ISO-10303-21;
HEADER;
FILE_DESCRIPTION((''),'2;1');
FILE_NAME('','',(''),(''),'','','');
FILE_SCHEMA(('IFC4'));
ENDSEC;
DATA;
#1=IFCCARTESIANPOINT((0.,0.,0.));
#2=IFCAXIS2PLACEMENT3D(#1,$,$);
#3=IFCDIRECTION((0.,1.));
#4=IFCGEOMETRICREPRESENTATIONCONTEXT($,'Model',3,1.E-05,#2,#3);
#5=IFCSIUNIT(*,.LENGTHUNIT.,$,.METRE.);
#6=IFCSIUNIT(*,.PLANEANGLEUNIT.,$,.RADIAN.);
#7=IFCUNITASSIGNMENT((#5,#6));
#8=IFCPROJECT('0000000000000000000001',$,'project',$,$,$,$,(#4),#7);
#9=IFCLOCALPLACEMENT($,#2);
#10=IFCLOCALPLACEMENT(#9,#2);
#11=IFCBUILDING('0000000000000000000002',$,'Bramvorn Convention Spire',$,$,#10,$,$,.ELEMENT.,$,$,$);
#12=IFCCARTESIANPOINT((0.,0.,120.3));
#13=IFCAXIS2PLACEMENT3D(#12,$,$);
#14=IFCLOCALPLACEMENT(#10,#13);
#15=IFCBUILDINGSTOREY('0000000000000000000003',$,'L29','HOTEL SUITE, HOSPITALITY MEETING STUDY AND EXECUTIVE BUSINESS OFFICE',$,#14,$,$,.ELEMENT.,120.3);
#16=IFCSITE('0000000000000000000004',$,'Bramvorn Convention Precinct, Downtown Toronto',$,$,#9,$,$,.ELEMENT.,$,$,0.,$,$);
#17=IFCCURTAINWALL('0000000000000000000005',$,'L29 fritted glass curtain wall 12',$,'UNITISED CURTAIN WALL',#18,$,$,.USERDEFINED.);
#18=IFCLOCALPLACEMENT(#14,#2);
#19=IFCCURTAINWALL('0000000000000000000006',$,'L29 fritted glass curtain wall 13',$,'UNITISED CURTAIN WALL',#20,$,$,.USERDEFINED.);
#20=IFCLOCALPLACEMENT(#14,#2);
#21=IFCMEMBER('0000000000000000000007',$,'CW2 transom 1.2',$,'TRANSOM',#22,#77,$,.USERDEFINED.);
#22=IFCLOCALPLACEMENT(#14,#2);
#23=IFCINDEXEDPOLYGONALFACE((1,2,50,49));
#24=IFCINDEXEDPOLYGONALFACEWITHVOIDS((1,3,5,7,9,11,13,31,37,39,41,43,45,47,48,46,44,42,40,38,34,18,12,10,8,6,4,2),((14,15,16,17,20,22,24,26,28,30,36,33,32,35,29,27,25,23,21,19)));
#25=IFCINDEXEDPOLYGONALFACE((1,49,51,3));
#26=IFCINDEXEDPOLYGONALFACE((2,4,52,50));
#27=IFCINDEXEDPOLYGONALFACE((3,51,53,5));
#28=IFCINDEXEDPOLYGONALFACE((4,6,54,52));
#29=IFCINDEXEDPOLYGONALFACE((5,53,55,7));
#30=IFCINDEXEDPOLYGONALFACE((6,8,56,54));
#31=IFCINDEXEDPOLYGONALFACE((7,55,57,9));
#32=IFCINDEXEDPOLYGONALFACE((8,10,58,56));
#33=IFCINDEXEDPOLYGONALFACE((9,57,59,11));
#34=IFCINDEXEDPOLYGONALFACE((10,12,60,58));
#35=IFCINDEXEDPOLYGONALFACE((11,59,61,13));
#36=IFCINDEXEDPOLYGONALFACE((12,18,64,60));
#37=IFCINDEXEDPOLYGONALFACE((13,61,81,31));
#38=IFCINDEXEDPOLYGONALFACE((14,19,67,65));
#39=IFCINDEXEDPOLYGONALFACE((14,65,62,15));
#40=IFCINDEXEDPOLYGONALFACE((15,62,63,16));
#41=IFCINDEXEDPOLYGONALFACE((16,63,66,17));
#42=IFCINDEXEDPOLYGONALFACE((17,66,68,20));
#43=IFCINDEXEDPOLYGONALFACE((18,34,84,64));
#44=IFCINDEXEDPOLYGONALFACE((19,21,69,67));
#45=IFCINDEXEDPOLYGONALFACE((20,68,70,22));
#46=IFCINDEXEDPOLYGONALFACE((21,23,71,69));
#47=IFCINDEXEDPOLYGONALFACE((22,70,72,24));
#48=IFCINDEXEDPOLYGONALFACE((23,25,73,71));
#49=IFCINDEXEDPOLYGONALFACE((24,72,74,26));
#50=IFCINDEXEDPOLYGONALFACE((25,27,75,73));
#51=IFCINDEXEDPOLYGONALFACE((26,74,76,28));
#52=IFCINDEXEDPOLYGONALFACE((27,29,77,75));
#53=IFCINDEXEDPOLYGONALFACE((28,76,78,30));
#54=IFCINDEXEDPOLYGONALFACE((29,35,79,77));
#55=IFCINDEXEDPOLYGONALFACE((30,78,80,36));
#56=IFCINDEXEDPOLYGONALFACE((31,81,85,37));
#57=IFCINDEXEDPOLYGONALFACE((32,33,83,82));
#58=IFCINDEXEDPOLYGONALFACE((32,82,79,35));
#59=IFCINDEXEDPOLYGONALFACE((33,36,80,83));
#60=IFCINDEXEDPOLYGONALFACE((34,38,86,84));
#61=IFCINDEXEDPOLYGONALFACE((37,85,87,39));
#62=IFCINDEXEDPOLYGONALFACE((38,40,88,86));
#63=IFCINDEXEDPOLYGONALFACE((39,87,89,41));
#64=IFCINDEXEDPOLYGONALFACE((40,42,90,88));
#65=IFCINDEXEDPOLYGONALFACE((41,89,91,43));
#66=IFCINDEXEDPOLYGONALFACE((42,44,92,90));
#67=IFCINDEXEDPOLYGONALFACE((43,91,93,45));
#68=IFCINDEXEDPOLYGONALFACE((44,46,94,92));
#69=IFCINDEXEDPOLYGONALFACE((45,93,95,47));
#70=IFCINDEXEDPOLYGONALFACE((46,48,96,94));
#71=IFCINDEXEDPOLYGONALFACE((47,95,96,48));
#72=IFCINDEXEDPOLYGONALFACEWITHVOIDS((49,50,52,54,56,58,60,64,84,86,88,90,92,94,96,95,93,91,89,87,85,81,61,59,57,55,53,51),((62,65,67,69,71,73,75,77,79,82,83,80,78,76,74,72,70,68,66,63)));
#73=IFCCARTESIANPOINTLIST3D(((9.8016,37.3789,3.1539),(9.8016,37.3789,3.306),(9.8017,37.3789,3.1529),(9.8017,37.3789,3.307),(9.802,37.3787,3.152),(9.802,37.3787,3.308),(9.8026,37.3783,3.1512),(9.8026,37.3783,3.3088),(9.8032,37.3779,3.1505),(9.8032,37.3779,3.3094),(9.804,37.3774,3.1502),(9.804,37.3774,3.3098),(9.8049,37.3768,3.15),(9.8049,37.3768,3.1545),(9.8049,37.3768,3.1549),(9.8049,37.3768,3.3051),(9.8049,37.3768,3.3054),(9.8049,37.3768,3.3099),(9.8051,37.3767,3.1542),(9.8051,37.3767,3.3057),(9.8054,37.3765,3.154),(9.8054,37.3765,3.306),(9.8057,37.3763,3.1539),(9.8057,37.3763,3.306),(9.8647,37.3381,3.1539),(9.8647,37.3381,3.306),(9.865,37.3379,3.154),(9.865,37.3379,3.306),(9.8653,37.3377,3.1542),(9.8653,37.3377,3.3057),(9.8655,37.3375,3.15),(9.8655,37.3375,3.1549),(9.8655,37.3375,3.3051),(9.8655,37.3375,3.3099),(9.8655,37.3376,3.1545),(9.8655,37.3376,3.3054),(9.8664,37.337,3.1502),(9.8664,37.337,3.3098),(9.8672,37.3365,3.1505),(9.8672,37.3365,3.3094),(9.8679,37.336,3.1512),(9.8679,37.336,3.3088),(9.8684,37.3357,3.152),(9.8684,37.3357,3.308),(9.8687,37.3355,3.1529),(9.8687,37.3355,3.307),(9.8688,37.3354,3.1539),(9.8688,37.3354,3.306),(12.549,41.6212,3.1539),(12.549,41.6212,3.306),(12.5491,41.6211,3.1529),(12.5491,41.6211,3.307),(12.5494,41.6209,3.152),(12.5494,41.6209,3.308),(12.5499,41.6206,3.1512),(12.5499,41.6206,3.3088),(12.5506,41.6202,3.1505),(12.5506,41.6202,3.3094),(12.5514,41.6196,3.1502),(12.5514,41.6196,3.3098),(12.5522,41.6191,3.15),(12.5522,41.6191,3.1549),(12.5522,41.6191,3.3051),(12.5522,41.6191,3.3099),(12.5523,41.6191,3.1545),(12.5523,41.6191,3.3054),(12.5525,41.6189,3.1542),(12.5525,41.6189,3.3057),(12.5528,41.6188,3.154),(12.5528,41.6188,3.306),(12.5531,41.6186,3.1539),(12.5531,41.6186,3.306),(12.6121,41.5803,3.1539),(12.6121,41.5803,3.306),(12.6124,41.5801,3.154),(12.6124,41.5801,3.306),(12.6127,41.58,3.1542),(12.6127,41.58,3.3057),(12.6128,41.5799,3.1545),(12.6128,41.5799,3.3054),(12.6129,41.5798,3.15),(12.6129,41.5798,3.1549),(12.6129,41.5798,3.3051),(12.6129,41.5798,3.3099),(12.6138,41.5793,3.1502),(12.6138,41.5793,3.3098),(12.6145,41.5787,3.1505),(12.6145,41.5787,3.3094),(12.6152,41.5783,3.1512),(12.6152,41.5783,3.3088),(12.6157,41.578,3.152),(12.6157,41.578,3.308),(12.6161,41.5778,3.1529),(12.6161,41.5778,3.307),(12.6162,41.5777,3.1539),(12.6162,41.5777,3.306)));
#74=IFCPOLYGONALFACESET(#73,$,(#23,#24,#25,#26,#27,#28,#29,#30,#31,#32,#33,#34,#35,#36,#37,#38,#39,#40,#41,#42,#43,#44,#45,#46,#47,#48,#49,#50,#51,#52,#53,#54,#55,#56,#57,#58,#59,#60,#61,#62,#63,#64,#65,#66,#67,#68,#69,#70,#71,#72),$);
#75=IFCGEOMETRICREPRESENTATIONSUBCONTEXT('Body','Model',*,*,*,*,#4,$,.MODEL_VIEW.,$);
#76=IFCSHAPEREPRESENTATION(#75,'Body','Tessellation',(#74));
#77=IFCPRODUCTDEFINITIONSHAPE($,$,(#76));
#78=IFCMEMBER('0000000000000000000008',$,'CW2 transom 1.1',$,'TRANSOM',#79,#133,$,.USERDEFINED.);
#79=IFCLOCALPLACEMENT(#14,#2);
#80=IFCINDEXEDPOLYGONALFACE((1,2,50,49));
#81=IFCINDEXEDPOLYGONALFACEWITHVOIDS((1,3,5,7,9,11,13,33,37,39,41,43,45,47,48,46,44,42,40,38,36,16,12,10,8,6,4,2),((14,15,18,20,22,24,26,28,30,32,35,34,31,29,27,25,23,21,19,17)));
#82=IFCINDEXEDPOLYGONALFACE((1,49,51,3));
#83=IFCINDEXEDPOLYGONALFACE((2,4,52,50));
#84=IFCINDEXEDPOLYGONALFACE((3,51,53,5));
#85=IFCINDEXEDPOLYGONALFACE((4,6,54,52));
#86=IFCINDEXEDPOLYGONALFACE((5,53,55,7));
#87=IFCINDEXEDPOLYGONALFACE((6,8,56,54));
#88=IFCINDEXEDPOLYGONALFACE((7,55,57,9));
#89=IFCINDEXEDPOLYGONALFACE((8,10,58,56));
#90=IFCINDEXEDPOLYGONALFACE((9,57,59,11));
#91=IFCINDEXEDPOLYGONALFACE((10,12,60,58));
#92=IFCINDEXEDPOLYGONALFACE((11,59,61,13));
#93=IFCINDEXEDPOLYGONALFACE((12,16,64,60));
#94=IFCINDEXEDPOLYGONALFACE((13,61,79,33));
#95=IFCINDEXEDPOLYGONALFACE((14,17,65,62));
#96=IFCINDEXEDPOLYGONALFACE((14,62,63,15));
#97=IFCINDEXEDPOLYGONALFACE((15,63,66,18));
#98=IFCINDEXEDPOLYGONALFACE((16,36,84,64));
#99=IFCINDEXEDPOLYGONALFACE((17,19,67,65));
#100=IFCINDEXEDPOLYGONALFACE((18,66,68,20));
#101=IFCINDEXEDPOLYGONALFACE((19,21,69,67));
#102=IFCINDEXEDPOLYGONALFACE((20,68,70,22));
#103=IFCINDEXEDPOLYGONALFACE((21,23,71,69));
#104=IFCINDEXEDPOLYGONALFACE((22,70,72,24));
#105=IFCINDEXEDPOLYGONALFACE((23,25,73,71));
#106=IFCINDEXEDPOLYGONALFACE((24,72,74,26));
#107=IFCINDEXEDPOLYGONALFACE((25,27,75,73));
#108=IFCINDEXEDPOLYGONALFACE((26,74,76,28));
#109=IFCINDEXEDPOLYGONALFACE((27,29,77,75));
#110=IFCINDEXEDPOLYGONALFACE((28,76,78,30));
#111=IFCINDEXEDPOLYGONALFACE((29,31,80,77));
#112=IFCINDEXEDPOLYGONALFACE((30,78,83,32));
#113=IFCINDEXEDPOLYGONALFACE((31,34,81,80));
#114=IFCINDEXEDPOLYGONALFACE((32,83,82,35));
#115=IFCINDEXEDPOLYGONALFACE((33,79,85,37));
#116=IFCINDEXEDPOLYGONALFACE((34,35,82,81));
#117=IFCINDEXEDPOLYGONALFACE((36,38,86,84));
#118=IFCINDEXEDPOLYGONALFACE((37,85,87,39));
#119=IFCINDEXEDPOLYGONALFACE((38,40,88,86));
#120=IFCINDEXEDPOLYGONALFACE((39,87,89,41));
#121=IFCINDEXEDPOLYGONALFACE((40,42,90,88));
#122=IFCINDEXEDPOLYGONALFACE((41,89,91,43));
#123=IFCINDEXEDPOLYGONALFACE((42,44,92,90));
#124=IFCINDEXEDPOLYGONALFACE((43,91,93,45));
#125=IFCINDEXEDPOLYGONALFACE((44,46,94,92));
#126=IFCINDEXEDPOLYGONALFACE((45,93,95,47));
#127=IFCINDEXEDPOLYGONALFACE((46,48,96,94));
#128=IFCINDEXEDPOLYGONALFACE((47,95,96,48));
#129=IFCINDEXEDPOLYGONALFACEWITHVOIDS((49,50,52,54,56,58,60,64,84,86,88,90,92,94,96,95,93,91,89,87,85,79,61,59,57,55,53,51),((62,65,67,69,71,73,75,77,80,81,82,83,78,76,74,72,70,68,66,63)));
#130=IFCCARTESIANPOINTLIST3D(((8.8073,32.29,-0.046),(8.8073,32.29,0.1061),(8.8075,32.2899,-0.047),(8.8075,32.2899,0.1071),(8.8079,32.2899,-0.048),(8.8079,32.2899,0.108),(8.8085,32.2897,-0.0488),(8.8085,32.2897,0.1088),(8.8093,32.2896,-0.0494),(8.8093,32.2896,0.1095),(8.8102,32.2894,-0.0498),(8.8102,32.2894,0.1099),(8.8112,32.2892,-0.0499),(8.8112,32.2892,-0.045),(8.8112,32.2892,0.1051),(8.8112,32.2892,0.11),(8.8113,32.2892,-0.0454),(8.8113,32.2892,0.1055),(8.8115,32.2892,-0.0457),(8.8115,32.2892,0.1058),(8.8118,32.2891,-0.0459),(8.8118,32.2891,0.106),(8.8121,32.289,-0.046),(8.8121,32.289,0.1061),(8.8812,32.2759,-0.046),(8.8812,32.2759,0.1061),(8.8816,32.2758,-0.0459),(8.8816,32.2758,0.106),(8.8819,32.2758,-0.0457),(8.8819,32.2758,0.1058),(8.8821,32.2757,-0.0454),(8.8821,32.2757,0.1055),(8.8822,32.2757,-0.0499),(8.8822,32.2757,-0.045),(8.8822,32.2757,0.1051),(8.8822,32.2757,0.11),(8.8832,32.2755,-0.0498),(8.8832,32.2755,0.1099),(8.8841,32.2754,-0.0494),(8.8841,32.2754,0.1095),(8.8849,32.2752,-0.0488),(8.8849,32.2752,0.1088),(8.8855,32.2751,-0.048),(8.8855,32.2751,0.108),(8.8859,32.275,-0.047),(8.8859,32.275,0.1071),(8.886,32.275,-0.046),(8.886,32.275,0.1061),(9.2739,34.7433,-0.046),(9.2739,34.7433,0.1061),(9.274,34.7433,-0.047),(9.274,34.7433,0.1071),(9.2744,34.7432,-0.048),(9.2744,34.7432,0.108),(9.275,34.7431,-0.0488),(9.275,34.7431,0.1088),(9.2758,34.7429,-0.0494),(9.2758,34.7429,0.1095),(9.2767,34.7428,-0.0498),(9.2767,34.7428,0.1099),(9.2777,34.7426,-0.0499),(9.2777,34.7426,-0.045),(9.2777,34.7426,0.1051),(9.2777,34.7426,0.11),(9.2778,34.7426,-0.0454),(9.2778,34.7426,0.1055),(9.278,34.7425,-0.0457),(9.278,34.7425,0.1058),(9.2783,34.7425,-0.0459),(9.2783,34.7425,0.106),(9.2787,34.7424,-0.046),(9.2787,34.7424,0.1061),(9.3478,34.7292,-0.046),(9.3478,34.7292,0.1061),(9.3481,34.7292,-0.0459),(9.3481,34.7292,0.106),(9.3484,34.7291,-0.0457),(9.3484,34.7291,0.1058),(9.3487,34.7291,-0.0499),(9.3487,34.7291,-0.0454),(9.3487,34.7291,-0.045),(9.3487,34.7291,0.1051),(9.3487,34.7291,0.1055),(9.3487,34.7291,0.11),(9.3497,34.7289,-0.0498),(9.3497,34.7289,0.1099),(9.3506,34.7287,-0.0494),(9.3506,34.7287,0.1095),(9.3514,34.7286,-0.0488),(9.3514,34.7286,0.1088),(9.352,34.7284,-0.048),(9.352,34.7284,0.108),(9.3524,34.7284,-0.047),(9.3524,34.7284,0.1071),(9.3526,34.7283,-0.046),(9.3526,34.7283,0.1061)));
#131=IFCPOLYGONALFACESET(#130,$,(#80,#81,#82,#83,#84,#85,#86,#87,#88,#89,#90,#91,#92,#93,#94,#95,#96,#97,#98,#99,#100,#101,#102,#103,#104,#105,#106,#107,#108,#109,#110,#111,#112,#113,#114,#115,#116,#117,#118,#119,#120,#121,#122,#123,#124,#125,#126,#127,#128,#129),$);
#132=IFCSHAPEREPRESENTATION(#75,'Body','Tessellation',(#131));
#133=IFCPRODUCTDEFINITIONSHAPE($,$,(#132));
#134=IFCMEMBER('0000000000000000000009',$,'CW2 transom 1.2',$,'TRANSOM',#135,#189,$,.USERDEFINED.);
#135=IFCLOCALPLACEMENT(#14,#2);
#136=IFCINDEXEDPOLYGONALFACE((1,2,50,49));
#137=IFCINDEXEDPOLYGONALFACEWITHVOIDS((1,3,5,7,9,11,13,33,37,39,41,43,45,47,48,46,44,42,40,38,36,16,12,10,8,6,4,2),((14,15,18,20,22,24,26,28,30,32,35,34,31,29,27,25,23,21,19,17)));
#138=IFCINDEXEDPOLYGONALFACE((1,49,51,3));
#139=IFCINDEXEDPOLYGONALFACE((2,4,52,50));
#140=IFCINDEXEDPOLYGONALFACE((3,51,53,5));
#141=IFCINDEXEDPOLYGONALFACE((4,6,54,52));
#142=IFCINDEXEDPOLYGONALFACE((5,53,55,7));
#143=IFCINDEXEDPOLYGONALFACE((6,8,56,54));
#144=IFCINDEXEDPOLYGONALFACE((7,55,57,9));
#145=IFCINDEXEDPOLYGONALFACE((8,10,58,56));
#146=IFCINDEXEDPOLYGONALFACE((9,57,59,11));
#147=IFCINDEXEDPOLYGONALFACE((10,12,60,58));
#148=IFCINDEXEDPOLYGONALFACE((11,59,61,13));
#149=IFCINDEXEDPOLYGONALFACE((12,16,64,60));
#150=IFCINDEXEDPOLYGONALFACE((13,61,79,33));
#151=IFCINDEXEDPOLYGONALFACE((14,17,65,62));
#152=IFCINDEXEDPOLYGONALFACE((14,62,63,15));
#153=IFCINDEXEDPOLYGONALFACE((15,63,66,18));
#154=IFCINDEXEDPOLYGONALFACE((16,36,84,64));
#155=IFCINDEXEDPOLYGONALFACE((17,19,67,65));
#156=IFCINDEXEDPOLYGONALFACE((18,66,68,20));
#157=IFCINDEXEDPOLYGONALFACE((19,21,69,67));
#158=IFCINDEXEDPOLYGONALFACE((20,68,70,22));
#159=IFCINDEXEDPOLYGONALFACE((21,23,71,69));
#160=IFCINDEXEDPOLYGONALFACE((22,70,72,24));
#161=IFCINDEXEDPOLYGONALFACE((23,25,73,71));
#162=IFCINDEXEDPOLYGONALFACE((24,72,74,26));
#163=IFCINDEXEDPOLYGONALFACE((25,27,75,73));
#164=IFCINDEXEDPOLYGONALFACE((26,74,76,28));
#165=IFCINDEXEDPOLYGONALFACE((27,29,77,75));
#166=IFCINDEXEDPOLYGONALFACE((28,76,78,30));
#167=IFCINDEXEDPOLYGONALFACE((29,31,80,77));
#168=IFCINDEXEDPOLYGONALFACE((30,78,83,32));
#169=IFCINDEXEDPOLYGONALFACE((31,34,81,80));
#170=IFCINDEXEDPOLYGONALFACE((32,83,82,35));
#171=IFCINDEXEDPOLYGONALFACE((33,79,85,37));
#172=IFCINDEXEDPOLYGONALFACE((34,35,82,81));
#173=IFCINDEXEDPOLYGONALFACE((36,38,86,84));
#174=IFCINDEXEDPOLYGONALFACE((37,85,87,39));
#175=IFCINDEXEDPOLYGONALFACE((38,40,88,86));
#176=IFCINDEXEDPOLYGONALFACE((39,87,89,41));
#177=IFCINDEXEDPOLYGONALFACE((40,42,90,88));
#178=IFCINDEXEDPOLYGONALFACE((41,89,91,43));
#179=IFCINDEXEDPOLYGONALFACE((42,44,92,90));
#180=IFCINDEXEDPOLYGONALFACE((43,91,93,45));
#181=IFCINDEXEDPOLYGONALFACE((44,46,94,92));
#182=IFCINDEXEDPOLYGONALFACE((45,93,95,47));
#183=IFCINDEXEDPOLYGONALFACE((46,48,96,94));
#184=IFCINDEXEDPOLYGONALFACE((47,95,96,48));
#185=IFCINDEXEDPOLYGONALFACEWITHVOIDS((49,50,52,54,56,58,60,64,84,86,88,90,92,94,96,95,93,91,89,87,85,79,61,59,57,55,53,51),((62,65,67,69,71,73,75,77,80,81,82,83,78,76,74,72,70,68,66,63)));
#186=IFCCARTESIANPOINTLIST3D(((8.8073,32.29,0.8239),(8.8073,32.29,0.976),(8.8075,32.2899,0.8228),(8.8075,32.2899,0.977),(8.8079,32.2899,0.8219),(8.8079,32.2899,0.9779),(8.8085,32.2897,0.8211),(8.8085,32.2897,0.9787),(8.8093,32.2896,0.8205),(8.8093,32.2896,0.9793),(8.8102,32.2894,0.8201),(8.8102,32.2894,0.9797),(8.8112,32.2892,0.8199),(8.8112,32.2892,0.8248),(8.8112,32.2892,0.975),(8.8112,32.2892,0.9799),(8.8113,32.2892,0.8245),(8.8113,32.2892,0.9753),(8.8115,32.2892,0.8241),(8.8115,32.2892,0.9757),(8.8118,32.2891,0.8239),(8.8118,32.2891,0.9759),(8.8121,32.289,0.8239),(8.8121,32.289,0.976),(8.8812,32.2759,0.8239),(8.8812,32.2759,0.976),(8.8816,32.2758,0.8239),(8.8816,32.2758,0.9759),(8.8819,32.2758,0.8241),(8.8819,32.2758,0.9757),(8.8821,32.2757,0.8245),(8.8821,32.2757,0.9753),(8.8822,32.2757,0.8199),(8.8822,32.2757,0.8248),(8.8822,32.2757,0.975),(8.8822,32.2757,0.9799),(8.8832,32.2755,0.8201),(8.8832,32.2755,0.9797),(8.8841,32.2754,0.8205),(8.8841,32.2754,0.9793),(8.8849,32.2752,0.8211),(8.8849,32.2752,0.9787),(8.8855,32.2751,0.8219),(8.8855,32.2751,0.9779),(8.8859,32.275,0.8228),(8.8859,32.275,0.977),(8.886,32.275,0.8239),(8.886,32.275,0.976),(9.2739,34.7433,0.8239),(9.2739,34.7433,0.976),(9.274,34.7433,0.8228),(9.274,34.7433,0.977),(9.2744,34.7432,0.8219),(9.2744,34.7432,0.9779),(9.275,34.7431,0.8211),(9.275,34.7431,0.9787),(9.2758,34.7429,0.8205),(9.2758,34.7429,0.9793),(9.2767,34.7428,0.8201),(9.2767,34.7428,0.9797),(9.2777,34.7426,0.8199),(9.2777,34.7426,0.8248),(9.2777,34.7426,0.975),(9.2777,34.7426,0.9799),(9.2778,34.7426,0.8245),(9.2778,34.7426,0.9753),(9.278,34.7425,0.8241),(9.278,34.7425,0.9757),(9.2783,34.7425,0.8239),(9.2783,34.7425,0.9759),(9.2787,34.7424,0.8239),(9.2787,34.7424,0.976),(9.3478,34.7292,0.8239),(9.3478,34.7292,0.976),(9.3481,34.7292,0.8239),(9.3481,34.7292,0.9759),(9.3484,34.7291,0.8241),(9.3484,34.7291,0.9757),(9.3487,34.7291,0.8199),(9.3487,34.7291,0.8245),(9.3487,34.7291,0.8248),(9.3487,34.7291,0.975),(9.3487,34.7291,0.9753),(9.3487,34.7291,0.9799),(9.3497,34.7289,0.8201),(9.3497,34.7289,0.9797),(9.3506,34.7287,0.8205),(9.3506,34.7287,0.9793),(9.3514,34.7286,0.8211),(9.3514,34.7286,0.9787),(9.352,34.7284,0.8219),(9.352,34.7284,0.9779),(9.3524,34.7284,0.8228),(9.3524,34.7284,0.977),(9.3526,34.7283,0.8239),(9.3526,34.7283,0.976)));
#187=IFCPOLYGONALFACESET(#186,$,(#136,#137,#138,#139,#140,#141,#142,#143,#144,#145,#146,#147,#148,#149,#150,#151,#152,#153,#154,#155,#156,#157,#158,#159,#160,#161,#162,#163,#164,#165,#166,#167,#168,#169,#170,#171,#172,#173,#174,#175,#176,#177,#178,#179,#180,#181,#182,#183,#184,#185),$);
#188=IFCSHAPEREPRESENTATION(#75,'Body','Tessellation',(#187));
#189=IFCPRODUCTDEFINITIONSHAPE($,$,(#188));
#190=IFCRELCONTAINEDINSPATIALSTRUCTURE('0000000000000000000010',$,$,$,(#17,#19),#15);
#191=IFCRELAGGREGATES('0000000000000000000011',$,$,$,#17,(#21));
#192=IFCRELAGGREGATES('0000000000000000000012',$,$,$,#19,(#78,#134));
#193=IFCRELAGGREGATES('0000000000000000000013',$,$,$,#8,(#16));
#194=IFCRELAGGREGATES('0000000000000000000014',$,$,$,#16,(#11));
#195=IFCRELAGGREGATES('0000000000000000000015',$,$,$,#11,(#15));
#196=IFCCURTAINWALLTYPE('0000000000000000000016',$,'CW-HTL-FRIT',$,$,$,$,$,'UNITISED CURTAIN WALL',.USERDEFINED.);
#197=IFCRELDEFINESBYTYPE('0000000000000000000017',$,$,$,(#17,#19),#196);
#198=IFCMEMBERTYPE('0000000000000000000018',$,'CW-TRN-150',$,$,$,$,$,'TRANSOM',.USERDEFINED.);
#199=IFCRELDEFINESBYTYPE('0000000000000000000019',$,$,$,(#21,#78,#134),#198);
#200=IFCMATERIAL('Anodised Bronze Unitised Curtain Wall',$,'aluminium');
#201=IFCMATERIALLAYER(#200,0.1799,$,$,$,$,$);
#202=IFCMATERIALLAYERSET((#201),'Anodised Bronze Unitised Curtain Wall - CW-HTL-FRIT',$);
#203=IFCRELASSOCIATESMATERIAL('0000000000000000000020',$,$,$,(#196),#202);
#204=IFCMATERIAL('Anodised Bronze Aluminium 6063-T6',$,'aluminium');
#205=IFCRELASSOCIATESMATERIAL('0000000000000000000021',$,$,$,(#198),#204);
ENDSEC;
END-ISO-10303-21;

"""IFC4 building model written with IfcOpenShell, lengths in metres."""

from ifc_helpers import new_model, si_unit, direction, frame, origin, origin_2d, place, context, subcontext, project, spatial, hollow_rectangle, extrude, material, layer, layer_set, material_profile, profile_set, type_object, element, aggregate, save


model = new_model("IFC4")

# Units and contexts
model_context = context("Model", 3, precision=1e-05, world=origin(), true_north=direction((0.0, 1.0)))
body_context = subcontext(model_context, "Body", "Model", "MODEL_VIEW")
ifc_project = project(units=[si_unit("LENGTHUNIT", "METRE"), si_unit("PLANEANGLEUNIT", "RADIAN")], contexts=[model_context])

# Site, building, storey
site_placement = place(None, origin())
site = spatial("IfcSite", under=ifc_project, at=site_placement, Name="Bramvorn Convention Precinct, Downtown Toronto", CompositionType="ELEMENT", RefElevation=0.0)
building_placement = place(site_placement, origin())
building = spatial("IfcBuilding", under=site, at=building_placement, Name="Bramvorn Convention Spire", CompositionType="ELEMENT")
storey_placement = place(building_placement, frame((0.0, 0.0, 120.3)))
storey = spatial("IfcBuildingStorey", under=building, at=storey_placement, Name="L29", Description="HOTEL SUITE, HOSPITALITY MEETING STUDY AND EXECUTIVE BUSINESS OFFICE", CompositionType="ELEMENT", Elevation=120.3)

# Curtain walls
ifc_material_1 = material(Name="Anodised Bronze Unitised Curtain Wall", Category="aluminium")
ifc_layer_1 = layer(ifc_material_1, 0.1799)
ifc_layer_set_1 = layer_set([ifc_layer_1], Name="Anodised Bronze Unitised Curtain Wall - CW-HTL-FRIT")
curtain_wall_type = type_object("IfcCurtainWallType", Name="CW-HTL-FRIT", ElementType="UNITISED CURTAIN WALL", PredefinedType="USERDEFINED", material=ifc_layer_set_1)
curtain_wall_1_placement = place(storey_placement, origin())
curtain_wall_1 = element("IfcCurtainWall", 1, at=curtain_wall_1_placement, inside=storey, type_object=curtain_wall_type, Name="L29 fritted glass curtain wall 12", ObjectType="UNITISED CURTAIN WALL", PredefinedType="USERDEFINED")
ifc_material_2 = material(Name="Anodised Bronze Aluminium 6063-T6", Category="aluminium")
curtain_wall_2_placement = place(storey_placement, origin())
curtain_wall_2 = element("IfcCurtainWall", 2, at=curtain_wall_2_placement, inside=storey, type_object=curtain_wall_type, Name="L29 fritted glass curtain wall 13", ObjectType="UNITISED CURTAIN WALL", PredefinedType="USERDEFINED")

# Members
ifc_material_profile_1 = material_profile(ifc_material_2, hollow_rectangle(XDim=0.0801, YDim=0.1599, WallThickness=0.0039, InnerFilletRadius=0.001, OuterFilletRadius=0.0039, at=origin_2d()))
ifc_profile_set_1 = profile_set([ifc_material_profile_1], Name="Anodised Bronze Aluminium 6063-T6 - CWT80X160")
member_type_1 = type_object("IfcMemberType", Name="CW-TRN-150", ElementType="TRANSOM", PredefinedType="USERDEFINED", material=ifc_profile_set_1)
member_1_placement = place(storey_placement, frame((9.8352, 37.3572, 3.23), z_axis=(0.543582, 0.839356, 0.0), x_axis=(-0.839356, 0.543582, 0.0)))
member_1 = element("IfcMember", 3, at=member_1_placement, type_object=member_type_1, Name="CW2 transom 1.2", ObjectType="TRANSOM", PredefinedType="USERDEFINED", context=body_context, shape_type="SweptSolid", body=[
    extrude(hollow_rectangle(XDim=0.0801, YDim=0.1599, WallThickness=0.0039, InnerFilletRadius=0.001, OuterFilletRadius=0.0039, at=origin_2d()), origin(), (0.0, 0.0, 1.0), 5.0542),
])
member_2_placement = place(storey_placement, frame((8.8467, 32.2825, 0.03), z_axis=(0.18682, 0.982394, 0.0), x_axis=(-0.982394, 0.18682, 0.0)))
member_2 = element("IfcMember", 4, at=member_2_placement, type_object=member_type_1, Name="CW2 transom 1.1", ObjectType="TRANSOM", PredefinedType="USERDEFINED", context=body_context, shape_type="SweptSolid", body=[
    extrude(hollow_rectangle(XDim=0.0801, YDim=0.1599, WallThickness=0.0039, InnerFilletRadius=0.001, OuterFilletRadius=0.0039, at=origin_2d()), origin(), (0.0, 0.0, 1.0), 2.4973),
])
member_3_placement = place(storey_placement, frame((8.8467, 32.2825, 0.8999), z_axis=(0.18682, 0.982394, 0.0), x_axis=(-0.982394, 0.18682, 0.0)))
member_3 = element("IfcMember", 5, at=member_3_placement, type_object=member_type_1, Name="CW2 transom 1.2", ObjectType="TRANSOM", PredefinedType="USERDEFINED", context=body_context, shape_type="SweptSolid", body=[
    extrude(hollow_rectangle(XDim=0.0801, YDim=0.1599, WallThickness=0.0039, InnerFilletRadius=0.001, OuterFilletRadius=0.0039, at=origin_2d()), origin(), (0.0, 0.0, 1.0), 2.4973),
])

aggregate(curtain_wall_1, [member_1])
aggregate(curtain_wall_2, [member_2, member_3])

save(model, "model.ifc")
